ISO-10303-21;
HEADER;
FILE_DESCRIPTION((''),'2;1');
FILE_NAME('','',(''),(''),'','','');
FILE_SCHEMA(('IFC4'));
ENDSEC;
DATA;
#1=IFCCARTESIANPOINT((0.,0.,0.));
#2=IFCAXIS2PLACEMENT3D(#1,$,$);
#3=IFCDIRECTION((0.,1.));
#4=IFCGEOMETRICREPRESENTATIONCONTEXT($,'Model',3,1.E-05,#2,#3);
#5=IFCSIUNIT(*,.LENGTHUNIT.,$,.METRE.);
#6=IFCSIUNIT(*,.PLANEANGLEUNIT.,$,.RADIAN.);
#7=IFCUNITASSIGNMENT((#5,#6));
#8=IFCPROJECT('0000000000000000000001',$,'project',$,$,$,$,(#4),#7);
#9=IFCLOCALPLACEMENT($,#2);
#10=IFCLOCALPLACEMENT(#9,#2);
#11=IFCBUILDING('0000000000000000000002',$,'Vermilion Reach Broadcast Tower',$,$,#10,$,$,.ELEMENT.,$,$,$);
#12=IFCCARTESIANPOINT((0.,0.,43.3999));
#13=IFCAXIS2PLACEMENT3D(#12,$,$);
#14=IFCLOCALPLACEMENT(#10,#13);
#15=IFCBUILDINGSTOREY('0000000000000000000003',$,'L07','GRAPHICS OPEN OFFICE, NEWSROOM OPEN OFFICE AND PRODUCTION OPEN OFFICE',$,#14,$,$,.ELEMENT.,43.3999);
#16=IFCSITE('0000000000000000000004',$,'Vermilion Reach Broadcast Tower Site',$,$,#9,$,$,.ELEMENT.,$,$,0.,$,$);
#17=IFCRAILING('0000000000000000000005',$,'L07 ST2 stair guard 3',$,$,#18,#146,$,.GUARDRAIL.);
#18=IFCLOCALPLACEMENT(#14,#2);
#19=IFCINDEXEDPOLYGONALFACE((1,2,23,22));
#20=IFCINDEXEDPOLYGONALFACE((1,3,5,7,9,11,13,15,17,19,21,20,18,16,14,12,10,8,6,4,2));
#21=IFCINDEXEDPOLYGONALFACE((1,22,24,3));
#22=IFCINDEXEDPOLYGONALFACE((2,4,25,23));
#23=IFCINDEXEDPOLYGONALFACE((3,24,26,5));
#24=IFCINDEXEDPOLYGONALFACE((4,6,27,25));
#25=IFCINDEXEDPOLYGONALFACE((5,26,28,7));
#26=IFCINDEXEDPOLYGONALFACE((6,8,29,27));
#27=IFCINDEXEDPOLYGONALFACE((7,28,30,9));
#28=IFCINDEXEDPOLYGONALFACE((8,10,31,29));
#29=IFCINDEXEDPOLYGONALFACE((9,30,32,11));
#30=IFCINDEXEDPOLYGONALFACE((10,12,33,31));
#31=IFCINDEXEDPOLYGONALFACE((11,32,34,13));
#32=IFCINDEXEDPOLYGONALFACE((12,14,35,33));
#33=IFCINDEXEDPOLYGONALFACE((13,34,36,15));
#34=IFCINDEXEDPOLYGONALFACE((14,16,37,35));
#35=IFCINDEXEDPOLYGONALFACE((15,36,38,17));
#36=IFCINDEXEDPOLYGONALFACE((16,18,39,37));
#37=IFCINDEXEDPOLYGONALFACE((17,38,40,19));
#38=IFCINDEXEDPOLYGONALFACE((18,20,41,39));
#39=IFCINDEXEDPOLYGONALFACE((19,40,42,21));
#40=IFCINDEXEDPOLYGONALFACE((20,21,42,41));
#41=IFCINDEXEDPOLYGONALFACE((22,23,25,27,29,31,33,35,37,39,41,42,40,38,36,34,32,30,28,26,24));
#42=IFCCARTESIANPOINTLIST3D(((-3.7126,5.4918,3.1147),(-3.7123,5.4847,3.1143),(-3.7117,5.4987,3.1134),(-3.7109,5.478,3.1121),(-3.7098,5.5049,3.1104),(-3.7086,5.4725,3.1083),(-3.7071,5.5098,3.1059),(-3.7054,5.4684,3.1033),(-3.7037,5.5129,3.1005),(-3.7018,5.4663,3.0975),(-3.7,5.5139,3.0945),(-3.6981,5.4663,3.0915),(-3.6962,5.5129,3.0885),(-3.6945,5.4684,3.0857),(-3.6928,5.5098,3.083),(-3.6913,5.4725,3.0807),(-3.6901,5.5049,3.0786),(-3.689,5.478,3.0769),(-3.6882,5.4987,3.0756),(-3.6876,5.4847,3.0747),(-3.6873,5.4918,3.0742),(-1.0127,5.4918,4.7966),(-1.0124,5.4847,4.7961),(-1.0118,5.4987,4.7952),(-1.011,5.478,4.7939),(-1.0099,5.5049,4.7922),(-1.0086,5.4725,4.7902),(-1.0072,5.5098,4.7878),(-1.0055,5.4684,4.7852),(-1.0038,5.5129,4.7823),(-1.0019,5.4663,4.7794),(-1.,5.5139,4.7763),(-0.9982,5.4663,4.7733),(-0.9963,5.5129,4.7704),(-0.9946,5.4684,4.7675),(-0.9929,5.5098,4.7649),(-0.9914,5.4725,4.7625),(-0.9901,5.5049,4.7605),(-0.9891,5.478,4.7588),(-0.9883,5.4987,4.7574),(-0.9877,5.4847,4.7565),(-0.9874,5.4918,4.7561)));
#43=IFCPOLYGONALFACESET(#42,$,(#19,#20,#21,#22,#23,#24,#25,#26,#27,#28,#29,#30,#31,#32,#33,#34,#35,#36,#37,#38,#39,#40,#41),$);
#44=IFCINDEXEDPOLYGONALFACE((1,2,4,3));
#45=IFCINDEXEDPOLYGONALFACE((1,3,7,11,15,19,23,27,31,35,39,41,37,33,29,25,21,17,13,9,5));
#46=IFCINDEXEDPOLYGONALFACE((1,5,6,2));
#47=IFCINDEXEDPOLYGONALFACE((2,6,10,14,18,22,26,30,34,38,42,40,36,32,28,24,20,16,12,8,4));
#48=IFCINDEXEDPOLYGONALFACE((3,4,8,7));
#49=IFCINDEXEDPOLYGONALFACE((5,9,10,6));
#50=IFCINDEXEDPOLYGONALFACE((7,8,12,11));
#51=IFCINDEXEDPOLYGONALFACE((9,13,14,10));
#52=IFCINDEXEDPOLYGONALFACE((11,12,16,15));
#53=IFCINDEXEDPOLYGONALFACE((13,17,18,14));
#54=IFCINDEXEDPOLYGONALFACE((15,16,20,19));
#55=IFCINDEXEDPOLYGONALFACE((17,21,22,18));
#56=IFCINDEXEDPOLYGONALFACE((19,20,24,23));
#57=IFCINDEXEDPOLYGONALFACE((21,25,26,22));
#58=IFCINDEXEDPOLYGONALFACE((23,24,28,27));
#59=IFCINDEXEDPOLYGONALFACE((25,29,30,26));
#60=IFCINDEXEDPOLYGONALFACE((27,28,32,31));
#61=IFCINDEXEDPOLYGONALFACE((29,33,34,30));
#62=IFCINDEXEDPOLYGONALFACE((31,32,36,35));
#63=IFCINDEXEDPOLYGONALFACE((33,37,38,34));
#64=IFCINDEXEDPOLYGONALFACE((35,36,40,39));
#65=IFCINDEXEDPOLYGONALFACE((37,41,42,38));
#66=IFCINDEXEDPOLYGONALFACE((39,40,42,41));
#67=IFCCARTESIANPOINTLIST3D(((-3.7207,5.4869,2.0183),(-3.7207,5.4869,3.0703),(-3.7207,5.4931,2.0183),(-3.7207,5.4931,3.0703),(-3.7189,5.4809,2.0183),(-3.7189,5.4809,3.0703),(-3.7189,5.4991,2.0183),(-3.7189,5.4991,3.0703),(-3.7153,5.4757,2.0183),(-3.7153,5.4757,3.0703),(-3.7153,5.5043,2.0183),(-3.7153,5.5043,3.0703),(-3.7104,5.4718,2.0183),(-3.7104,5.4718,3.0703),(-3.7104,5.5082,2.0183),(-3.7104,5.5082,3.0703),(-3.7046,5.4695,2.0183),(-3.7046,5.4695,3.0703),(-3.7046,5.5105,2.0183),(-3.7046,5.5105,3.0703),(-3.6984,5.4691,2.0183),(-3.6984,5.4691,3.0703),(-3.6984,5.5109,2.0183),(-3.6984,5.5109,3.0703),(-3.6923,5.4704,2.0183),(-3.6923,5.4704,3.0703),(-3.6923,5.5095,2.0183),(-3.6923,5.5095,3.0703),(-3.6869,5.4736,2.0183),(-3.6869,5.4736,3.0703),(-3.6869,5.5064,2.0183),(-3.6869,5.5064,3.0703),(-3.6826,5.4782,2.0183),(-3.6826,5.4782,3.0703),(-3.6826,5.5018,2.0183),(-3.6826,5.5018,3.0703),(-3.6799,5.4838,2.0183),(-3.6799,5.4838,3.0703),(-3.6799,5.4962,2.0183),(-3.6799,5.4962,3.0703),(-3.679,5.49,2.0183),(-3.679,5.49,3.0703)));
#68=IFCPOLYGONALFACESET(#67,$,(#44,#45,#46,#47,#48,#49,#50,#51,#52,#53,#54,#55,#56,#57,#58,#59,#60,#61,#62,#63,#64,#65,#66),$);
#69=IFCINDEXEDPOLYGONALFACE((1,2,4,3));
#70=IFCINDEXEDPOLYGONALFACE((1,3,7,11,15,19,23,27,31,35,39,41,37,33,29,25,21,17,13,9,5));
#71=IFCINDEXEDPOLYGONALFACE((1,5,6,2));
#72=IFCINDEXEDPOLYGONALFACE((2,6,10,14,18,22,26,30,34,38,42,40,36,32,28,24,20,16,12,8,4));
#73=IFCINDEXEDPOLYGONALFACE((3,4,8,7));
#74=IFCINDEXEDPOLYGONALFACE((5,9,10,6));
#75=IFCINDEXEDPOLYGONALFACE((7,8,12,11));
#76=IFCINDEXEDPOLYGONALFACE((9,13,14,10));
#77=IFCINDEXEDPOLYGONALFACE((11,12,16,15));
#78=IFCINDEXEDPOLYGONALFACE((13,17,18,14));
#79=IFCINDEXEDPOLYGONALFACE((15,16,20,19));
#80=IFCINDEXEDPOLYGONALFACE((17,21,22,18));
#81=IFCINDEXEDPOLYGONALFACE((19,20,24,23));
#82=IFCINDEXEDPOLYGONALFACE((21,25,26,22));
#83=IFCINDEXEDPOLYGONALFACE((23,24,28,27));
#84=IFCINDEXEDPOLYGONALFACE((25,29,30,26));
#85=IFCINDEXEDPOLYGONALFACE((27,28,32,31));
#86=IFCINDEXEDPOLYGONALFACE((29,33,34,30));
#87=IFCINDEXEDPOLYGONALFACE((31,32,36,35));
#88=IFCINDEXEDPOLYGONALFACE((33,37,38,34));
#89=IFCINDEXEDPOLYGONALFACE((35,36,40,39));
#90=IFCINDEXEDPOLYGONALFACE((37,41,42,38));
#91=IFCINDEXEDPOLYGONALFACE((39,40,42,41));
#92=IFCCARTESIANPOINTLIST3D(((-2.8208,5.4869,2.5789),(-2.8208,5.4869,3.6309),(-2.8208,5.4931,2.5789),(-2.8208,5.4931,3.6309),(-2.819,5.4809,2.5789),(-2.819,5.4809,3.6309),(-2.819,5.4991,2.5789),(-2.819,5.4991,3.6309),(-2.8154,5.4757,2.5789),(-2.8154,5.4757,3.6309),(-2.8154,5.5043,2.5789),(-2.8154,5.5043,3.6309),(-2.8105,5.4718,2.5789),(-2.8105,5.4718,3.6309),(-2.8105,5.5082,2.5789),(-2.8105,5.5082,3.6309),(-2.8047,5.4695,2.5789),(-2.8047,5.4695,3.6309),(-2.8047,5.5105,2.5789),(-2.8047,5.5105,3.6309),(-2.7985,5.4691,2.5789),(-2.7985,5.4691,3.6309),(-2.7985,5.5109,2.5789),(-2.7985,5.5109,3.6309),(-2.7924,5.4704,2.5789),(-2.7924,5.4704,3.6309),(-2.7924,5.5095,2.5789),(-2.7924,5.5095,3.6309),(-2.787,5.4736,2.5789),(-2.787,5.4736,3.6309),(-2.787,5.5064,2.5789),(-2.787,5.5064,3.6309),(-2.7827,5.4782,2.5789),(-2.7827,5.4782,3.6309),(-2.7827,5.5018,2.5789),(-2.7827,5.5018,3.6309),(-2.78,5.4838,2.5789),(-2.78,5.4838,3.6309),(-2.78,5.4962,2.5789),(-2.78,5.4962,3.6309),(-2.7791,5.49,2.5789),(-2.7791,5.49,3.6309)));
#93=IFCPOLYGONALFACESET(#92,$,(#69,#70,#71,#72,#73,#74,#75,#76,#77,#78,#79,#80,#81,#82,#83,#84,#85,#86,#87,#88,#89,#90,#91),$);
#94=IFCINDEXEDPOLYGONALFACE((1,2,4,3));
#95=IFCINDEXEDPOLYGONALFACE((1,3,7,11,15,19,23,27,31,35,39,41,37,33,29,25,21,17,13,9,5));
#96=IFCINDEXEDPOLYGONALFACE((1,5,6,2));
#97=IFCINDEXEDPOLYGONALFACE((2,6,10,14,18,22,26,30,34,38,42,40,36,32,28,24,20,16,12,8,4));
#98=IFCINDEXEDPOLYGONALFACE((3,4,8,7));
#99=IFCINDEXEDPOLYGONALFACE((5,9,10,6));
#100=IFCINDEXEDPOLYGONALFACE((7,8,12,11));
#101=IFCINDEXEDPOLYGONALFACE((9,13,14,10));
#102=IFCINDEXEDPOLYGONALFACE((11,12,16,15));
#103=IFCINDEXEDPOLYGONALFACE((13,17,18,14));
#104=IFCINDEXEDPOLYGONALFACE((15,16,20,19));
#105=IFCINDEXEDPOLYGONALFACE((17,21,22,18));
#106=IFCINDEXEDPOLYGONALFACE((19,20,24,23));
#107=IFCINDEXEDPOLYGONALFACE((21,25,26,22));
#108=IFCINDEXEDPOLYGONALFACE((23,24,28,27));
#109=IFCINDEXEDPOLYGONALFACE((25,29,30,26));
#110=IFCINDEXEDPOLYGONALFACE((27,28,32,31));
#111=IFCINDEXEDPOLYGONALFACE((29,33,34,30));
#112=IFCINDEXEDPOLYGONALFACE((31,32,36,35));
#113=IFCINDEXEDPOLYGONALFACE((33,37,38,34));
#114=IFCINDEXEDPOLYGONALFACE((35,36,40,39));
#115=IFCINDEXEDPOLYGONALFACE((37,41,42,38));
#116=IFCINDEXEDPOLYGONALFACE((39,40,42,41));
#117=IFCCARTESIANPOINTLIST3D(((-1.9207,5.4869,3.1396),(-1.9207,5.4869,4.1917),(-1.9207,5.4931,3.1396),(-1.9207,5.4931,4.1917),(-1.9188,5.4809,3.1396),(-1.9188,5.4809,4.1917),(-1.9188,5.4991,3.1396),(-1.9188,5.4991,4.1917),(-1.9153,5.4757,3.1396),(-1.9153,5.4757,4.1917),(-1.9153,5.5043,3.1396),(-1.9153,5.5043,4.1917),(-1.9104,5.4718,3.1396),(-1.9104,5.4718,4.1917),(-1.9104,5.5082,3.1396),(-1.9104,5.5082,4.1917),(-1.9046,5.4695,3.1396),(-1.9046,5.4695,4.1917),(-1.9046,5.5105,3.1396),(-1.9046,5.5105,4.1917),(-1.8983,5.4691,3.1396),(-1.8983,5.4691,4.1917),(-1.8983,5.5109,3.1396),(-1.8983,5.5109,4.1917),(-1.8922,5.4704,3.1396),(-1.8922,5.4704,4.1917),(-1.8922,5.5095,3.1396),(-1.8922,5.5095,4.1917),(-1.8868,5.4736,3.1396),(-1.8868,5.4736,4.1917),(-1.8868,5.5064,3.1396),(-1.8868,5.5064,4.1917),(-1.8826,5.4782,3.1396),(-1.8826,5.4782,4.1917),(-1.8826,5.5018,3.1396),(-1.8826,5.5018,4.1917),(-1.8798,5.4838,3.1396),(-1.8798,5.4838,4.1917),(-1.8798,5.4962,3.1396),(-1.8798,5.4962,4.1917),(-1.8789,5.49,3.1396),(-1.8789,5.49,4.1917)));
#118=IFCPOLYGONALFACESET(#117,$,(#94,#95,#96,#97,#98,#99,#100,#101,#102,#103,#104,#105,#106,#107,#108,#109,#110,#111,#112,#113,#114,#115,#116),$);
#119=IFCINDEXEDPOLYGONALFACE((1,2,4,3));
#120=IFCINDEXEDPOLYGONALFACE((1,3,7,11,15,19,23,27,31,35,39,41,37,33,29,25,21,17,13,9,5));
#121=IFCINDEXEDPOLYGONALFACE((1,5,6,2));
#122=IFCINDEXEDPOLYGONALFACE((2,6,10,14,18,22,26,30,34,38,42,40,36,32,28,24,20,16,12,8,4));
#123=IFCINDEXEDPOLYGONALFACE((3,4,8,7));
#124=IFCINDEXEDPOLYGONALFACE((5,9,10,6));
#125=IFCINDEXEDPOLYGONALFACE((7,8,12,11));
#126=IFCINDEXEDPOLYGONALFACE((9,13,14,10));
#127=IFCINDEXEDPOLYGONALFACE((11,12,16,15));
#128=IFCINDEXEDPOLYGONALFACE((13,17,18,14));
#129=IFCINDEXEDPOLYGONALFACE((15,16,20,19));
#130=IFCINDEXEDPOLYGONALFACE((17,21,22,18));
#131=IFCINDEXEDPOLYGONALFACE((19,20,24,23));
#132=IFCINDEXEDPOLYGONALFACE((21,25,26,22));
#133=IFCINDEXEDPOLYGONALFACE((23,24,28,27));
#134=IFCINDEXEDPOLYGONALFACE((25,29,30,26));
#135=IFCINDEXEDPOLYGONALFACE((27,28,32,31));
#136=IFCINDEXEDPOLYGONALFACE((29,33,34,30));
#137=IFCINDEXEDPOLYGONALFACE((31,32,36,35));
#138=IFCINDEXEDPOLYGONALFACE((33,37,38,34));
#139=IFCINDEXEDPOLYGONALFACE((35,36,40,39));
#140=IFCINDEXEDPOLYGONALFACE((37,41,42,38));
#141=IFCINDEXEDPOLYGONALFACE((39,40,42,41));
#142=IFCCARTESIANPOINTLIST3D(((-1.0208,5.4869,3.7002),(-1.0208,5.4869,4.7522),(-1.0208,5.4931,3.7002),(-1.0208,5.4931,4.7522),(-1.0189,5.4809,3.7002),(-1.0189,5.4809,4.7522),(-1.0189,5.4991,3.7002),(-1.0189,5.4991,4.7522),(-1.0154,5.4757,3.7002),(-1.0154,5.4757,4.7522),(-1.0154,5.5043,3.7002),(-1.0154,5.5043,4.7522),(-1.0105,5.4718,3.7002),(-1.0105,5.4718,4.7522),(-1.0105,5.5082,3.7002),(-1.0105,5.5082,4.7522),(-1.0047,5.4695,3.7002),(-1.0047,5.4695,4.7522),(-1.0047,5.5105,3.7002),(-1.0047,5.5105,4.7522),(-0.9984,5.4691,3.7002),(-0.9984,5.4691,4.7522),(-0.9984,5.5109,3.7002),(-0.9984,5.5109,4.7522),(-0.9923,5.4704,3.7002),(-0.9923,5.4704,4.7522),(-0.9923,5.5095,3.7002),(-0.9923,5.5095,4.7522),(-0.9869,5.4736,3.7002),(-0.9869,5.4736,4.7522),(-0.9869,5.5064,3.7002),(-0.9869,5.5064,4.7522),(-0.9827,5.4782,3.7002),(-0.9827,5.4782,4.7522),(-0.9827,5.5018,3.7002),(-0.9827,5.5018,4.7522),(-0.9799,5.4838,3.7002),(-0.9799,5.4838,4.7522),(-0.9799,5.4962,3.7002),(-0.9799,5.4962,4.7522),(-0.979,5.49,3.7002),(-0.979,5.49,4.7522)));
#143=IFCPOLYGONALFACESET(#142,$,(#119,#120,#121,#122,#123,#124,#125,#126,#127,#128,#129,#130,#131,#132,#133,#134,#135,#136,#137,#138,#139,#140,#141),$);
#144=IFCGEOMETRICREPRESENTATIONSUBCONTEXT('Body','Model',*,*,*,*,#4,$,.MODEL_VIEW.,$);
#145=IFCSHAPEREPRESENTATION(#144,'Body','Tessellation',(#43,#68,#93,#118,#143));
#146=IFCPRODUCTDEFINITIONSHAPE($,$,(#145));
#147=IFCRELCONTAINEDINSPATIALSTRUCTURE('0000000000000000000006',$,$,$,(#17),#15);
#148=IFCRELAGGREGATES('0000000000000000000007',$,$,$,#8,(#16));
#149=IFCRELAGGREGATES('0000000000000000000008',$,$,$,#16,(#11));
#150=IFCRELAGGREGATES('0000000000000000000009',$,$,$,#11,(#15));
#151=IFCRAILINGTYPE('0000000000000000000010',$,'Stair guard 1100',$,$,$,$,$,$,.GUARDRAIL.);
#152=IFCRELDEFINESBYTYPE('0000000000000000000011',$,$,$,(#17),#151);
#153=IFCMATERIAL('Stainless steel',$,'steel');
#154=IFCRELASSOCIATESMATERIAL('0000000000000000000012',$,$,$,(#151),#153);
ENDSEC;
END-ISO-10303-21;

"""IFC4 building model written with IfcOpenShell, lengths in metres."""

from ifc_helpers import new_model, si_unit, direction, frame, origin, origin_2d, place, context, subcontext, project, spatial, circle, extrude, material, type_object, element, save


model = new_model("IFC4")

# Units and contexts
model_context = context("Model", 3, precision=1e-05, world=origin(), true_north=direction((0.0, 1.0)))
body_context = subcontext(model_context, "Body", "Model", "MODEL_VIEW")
ifc_project = project(units=[si_unit("LENGTHUNIT", "METRE"), si_unit("PLANEANGLEUNIT", "RADIAN")], contexts=[model_context])

# Site, building, storey
site_placement = place(None, origin())
site = spatial("IfcSite", under=ifc_project, at=site_placement, Name="Vermilion Reach Broadcast Tower Site", CompositionType="ELEMENT", RefElevation=0.0)
building_placement = place(site_placement, origin())
building = spatial("IfcBuilding", under=site, at=building_placement, Name="Vermilion Reach Broadcast Tower", CompositionType="ELEMENT")
storey_placement = place(building_placement, frame((0.0, 0.0, 43.3999)))
storey = spatial("IfcBuildingStorey", under=building, at=storey_placement, Name="L07", Description="GRAPHICS OPEN OFFICE, NEWSROOM OPEN OFFICE AND PRODUCTION OPEN OFFICE", CompositionType="ELEMENT", Elevation=43.3999)

# Railing
ifc_material_1 = material(Name="Stainless steel", Category="steel")
railing_type_1 = type_object("IfcRailingType", Name="Stair guard 1100", PredefinedType="GUARDRAIL", material=ifc_material_1)
railing_1_placement = place(storey_placement, frame((-3.7, 5.49, 2.0183)))
element("IfcRailing", 1, at=railing_1_placement, inside=storey, type_object=railing_type_1, Name="L07 ST2 stair guard 3", PredefinedType="GUARDRAIL", context=body_context, shape_type="SweptSolid", body=[
    extrude(circle(Radius=0.0239, at=origin_2d()), frame((0.0, 0.0, 1.0762), z_axis=(0.848786, 0.0, 0.528736), x_axis=(0.0, 1.0, 0.0)), (0.0, 0.0, 1.0), 3.1809),
    extrude(circle(Radius=0.021, at=origin_2d()), origin(), (0.0, 0.0, 1.0), 1.052),
    extrude(circle(Radius=0.021, at=origin_2d()), frame((0.8999, 0.0, 0.5605)), (0.0, 0.0, 1.0), 1.052),
    extrude(circle(Radius=0.021, at=origin_2d()), frame((1.8, 0.0, 1.1213)), (0.0, 0.0, 1.0), 1.052),
    extrude(circle(Radius=0.021, at=origin_2d()), frame((2.7, 0.0, 1.6819)), (0.0, 0.0, 1.0), 1.052),
])

save(model, "model.ifc")
